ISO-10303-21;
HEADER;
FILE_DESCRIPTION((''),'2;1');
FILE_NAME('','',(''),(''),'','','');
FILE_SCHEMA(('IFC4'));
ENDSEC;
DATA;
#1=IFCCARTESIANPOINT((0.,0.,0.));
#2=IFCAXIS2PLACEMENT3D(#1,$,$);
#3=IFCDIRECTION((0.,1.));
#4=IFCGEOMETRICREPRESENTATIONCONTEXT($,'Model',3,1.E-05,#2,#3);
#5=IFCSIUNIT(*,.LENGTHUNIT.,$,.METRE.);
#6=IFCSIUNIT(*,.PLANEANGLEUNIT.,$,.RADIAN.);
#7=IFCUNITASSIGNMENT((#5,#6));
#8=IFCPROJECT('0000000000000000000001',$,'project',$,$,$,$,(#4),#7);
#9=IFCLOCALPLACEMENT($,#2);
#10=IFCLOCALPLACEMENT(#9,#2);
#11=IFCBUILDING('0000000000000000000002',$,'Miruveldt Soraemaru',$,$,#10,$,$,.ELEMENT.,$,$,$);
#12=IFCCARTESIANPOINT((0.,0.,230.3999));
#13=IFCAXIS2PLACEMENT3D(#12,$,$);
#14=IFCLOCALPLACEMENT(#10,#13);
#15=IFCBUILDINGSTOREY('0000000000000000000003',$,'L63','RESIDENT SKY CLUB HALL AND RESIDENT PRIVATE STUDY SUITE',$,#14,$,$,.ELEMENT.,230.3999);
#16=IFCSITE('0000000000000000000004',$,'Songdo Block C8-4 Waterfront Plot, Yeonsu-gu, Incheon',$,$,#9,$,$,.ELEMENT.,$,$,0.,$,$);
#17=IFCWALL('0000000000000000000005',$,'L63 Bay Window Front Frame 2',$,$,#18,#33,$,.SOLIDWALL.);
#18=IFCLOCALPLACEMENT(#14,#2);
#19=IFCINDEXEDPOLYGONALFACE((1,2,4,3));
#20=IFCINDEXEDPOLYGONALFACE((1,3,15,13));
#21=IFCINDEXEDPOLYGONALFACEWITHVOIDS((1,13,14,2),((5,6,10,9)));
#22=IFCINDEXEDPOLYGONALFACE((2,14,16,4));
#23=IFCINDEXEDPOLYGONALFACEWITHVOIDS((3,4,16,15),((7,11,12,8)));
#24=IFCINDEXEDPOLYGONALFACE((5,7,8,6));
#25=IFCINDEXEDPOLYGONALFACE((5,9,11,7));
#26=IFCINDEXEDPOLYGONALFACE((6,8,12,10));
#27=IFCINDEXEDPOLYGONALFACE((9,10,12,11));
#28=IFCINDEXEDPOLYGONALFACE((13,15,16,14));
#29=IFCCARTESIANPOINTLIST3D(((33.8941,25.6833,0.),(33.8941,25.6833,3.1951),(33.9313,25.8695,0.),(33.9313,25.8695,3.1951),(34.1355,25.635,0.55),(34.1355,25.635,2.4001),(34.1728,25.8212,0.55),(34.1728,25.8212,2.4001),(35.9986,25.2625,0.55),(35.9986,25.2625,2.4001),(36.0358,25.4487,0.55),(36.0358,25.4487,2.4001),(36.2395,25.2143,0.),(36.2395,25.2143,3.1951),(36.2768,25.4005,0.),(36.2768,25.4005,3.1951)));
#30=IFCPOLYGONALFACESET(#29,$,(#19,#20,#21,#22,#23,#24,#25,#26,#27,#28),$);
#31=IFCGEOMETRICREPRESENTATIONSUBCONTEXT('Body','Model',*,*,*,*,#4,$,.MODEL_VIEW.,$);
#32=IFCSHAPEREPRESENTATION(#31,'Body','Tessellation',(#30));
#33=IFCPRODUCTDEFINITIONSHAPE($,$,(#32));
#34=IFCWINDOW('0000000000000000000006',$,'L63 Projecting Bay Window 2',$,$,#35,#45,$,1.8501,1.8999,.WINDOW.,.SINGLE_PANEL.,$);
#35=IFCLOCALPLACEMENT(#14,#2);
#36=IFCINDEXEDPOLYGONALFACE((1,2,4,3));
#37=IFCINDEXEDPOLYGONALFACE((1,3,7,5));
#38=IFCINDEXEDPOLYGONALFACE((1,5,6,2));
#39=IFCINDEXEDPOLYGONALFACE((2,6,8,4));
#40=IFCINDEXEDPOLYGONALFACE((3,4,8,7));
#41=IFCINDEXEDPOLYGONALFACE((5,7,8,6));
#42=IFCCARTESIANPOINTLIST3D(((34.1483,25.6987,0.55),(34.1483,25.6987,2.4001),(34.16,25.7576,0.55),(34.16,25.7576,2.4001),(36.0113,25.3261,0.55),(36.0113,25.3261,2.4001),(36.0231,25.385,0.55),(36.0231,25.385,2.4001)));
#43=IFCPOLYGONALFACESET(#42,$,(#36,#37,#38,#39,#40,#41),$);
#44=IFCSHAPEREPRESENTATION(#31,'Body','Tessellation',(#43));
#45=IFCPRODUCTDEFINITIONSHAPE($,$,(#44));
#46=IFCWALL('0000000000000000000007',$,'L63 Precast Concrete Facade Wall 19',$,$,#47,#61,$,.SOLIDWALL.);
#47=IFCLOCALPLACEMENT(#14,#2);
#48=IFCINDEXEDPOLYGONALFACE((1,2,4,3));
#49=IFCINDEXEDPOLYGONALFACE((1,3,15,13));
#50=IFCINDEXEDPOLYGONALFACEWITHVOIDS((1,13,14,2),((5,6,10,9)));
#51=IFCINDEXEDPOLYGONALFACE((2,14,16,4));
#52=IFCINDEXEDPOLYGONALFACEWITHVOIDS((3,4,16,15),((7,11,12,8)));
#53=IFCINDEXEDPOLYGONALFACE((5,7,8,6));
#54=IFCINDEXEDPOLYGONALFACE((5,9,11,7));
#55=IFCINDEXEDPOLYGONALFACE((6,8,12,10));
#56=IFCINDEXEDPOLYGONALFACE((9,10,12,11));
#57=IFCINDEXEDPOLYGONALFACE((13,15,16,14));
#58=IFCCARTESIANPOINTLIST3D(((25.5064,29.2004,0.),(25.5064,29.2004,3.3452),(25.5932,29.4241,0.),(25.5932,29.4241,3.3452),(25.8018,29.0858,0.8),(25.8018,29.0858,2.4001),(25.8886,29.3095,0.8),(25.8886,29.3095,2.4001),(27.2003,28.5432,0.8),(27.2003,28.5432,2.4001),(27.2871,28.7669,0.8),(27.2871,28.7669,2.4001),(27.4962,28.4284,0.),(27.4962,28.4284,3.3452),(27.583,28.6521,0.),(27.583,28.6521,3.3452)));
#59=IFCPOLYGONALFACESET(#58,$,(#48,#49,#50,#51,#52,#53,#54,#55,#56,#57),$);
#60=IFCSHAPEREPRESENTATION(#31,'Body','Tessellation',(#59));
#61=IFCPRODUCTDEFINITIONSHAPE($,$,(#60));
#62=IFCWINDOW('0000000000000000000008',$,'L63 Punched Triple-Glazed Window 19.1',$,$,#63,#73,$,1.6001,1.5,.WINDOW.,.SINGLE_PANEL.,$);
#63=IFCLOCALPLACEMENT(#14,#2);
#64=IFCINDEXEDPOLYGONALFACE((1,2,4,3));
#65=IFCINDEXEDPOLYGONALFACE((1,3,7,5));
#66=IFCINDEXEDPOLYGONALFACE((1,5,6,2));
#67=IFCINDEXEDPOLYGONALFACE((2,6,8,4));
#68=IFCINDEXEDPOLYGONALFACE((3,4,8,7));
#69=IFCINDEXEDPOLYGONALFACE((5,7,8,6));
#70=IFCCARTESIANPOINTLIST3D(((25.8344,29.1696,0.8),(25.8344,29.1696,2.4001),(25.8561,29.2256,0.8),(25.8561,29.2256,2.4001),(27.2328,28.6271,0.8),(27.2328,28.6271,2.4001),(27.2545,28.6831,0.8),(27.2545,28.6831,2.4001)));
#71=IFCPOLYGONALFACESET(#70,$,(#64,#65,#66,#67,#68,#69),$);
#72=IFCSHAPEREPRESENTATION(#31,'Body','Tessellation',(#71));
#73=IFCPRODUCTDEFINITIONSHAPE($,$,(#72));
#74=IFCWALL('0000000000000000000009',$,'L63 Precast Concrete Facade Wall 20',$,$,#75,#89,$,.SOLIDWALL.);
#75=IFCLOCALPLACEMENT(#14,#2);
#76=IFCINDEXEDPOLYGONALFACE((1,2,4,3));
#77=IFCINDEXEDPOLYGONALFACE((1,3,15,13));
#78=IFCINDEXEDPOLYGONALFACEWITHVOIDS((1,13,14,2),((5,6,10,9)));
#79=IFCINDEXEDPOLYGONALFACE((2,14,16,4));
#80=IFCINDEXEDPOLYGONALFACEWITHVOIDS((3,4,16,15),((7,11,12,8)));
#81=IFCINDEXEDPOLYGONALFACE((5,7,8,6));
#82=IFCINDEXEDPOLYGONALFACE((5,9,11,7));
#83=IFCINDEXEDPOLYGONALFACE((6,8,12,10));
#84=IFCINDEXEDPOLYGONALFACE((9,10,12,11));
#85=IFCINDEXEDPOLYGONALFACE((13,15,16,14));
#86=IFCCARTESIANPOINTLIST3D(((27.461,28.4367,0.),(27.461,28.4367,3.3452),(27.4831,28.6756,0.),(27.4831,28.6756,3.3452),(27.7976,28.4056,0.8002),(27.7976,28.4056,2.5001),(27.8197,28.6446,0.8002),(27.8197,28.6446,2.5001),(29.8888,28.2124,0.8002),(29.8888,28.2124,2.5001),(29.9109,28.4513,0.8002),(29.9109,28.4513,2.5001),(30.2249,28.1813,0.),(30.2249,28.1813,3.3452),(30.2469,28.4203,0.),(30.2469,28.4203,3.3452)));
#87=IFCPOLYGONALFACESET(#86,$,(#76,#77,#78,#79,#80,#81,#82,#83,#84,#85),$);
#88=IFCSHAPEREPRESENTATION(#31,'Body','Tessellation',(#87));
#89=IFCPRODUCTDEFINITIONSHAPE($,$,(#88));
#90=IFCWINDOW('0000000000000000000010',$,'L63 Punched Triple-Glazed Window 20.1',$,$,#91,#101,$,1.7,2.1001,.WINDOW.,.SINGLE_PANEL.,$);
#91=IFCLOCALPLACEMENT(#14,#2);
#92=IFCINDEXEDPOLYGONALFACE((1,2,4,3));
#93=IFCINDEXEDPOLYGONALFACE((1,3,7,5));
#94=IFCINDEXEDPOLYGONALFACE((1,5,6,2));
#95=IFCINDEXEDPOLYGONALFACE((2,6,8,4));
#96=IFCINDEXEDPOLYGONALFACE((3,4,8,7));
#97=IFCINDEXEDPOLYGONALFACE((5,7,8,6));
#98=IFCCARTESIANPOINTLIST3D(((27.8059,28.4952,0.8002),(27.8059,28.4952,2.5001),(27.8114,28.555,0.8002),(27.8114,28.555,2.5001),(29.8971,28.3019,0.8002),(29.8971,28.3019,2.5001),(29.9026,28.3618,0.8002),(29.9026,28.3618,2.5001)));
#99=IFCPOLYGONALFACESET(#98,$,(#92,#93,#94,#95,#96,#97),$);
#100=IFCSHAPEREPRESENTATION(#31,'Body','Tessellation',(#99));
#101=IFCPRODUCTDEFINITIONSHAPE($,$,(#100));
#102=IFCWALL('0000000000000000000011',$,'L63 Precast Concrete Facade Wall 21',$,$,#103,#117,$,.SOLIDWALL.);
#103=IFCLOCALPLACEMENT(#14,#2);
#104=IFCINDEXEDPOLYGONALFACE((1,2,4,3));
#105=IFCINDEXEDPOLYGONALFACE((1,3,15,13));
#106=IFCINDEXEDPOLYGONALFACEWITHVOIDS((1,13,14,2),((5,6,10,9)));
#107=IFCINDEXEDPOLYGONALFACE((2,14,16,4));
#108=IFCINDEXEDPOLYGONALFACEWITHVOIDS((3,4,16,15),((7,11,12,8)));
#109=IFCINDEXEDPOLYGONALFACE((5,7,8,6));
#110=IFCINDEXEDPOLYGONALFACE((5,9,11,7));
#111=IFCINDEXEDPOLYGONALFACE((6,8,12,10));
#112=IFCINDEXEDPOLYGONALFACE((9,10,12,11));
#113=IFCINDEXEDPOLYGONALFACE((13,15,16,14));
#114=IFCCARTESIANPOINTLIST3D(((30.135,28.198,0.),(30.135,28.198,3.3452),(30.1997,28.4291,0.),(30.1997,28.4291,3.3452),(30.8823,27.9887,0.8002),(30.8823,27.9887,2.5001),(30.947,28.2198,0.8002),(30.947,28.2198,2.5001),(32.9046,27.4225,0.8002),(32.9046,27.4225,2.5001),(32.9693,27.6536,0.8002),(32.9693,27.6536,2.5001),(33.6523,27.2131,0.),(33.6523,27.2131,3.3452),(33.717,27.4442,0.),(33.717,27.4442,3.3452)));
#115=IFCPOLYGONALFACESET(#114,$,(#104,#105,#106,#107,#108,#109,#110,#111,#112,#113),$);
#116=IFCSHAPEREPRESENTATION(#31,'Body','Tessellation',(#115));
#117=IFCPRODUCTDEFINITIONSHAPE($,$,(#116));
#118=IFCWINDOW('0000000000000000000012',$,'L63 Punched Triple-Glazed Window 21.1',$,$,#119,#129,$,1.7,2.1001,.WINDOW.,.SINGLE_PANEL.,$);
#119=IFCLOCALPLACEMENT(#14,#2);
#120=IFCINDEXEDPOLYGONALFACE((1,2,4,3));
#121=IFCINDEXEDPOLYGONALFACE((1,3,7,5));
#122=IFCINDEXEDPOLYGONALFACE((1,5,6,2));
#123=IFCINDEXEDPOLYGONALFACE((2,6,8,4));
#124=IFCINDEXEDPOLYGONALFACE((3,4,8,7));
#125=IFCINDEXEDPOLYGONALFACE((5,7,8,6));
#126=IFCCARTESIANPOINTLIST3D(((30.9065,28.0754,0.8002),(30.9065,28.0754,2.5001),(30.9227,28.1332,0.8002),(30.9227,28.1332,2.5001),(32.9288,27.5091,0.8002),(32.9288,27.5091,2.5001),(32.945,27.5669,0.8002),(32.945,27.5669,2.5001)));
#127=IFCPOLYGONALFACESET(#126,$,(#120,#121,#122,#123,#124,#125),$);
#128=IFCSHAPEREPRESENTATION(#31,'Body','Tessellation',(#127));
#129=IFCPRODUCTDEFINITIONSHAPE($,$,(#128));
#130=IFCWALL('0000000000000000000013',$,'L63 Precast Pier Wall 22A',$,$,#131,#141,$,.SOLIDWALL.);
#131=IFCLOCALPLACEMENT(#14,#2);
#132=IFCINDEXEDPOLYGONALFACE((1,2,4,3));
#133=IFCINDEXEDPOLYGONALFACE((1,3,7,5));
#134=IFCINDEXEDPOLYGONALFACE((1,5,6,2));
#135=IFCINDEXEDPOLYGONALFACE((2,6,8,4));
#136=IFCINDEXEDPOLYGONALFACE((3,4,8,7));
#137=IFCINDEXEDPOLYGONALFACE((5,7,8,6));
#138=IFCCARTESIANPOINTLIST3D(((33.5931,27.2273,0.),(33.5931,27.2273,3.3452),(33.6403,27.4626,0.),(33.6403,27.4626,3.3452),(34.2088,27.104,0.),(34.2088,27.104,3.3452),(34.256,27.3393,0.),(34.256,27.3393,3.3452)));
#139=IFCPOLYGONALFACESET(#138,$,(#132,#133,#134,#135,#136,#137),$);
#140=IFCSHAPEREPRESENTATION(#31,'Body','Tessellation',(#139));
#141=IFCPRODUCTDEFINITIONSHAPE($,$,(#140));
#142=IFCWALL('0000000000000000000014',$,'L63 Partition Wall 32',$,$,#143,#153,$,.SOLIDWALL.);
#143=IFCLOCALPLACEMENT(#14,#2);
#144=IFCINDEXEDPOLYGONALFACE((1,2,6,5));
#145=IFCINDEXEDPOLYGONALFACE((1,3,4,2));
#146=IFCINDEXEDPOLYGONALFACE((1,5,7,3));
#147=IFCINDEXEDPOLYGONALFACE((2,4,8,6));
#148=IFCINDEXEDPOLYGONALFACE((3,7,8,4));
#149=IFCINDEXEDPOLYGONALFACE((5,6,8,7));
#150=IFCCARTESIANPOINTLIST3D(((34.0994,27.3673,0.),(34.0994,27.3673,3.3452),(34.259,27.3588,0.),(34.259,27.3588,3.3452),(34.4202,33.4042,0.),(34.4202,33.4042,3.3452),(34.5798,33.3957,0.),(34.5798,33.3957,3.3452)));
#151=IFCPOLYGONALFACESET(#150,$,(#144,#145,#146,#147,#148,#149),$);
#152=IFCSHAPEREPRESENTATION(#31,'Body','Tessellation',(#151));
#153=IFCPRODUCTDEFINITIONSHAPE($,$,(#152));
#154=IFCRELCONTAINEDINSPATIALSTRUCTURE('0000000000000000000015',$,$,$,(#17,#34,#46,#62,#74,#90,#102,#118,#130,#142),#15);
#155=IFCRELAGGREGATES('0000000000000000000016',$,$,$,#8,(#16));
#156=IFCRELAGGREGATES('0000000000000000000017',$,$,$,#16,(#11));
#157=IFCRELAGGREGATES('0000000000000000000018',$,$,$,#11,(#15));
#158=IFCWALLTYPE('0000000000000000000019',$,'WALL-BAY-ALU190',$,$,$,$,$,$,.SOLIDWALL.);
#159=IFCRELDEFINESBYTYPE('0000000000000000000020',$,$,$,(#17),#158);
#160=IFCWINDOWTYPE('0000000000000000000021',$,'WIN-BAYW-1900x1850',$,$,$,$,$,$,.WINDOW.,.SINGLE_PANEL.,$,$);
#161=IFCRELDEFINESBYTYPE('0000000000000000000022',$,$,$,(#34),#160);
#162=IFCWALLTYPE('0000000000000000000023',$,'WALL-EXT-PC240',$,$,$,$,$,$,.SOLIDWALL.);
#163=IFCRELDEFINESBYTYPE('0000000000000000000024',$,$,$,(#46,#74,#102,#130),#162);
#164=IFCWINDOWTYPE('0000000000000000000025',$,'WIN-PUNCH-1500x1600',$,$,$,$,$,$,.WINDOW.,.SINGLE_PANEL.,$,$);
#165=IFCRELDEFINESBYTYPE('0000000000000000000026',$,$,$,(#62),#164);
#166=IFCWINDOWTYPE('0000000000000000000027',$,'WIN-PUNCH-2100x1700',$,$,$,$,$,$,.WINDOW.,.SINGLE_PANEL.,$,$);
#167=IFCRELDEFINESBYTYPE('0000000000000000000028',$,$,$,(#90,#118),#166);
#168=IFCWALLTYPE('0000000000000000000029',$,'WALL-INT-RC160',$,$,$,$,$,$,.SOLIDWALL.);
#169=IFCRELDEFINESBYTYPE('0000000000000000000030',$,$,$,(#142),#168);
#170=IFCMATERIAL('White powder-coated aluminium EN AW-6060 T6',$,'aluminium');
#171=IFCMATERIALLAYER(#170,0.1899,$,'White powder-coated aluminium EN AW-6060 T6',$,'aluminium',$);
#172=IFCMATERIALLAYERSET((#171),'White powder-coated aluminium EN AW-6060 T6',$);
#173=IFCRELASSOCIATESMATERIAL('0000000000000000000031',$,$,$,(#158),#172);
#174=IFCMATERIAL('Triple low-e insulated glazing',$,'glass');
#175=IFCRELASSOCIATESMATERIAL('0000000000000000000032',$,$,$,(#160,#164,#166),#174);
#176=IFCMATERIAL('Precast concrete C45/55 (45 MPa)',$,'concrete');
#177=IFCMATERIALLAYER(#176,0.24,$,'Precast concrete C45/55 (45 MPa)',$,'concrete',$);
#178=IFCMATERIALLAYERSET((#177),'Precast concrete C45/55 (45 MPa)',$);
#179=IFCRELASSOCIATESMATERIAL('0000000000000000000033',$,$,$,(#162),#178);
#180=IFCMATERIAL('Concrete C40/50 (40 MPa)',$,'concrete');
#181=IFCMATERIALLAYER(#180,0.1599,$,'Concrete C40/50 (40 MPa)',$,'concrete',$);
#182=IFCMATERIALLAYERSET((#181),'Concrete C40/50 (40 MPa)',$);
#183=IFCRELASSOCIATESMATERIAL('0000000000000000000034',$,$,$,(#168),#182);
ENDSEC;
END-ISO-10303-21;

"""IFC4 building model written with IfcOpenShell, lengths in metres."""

from ifc_helpers import new_model, si_unit, direction, frame, frame_2d, origin, place, context, subcontext, project, spatial, rectangle, extrude, material, layer, layer_set, type_object, element, fill, save


model = new_model("IFC4")

# Units and contexts
model_context = context("Model", 3, precision=1e-05, world=origin(), true_north=direction((0.0, 1.0)))
body_context = subcontext(model_context, "Body", "Model", "MODEL_VIEW")
ifc_project = project(units=[si_unit("LENGTHUNIT", "METRE"), si_unit("PLANEANGLEUNIT", "RADIAN")], contexts=[model_context])

# Site, building, storey
site_placement = place(None, origin())
site = spatial("IfcSite", under=ifc_project, at=site_placement, Name="Songdo Block C8-4 Waterfront Plot, Yeonsu-gu, Incheon", CompositionType="ELEMENT", RefElevation=0.0)
building_placement = place(site_placement, origin())
building = spatial("IfcBuilding", under=site, at=building_placement, Name="Miruveldt Soraemaru", CompositionType="ELEMENT")
storey_placement = place(building_placement, frame((0.0, 0.0, 230.3999)))
storey = spatial("IfcBuildingStorey", under=building, at=storey_placement, Name="L63", Description="RESIDENT SKY CLUB HALL AND RESIDENT PRIVATE STUDY SUITE", CompositionType="ELEMENT", Elevation=230.3999)

# Shared definitions
ifc_material_1 = material(Name="Concrete C40/50 (40 MPa)", Category="concrete")

# Shared definitions
ifc_material_2 = material(Name="White powder-coated aluminium EN AW-6060 T6", Category="aluminium")
ifc_layer_1 = layer(ifc_material_2, 0.1899, Name="White powder-coated aluminium EN AW-6060 T6", Category="aluminium")
ifc_layer_set_1 = layer_set([ifc_layer_1], Name="White powder-coated aluminium EN AW-6060 T6")
wall_type_1 = type_object("IfcWallType", Name="WALL-BAY-ALU190", PredefinedType="SOLIDWALL", material=ifc_layer_set_1)

# Walls, openings, windows
wall_1_placement = place(storey_placement, frame((33.9128, 25.7764, 0.0), z_axis=(0.0, 0.0, 1.0), x_axis=(0.980589, -0.196077, 0.0)))
wall_1 = element("IfcWall", 1, at=wall_1_placement, inside=storey, type_object=wall_type_1, Name="L63 Bay Window Front Frame 2", PredefinedType="SOLIDWALL", context=body_context, shape_type="SweptSolid", body=[
    extrude(rectangle(XDim=2.3918, YDim=0.1899, at=frame_2d((1.1958, 0.0))), origin(), (0.0, 0.0, 1.0), 3.1951),
])
opening_1_placement = place(wall_1_placement, frame((0.2461, 0.0, 0.55)))
opening_1 = element("IfcOpeningElement", 2, at=opening_1_placement, cuts=wall_1, PredefinedType="OPENING", context=body_context, shape_type="SweptSolid", body=[
    extrude(rectangle(XDim=1.8999, YDim=1.8501, at=frame_2d((0.95, 0.925))), frame((0.0, 0.105, 0.0), z_axis=(0.0, -1.0, 0.0), x_axis=(1.0, 0.0, 0.0)), (0.0, 0.0, 1.0), 0.21),
])
ifc_material_3 = material(Name="Triple low-e insulated glazing", Category="glass")
window_type_1 = type_object("IfcWindowType", Name="WIN-BAYW-1900x1850", PartitioningType="SINGLE_PANEL", PredefinedType="WINDOW", material=ifc_material_3)
window_1_placement = place(opening_1_placement, origin())
window_1 = element("IfcWindow", 3, at=window_1_placement, inside=storey, type_object=window_type_1, Name="L63 Projecting Bay Window 2", OverallHeight=1.8501, OverallWidth=1.8999, PartitioningType="SINGLE_PANEL", PredefinedType="WINDOW", context=body_context, shape_type="SweptSolid", body=[
    extrude(rectangle(XDim=1.8999, YDim=1.8501, at=frame_2d((0.95, 0.925))), frame((0.0, 0.03, 0.0), z_axis=(0.0, -1.0, 0.0), x_axis=(1.0, 0.0, 0.0)), (0.0, 0.0, 1.0), 0.0601),
])
fill(opening_1, window_1)
ifc_material_4 = material(Name="Precast concrete C45/55 (45 MPa)", Category="concrete")
ifc_layer_2 = layer(ifc_material_4, 0.24, Name="Precast concrete C45/55 (45 MPa)", Category="concrete")
ifc_layer_set_2 = layer_set([ifc_layer_2], Name="Precast concrete C45/55 (45 MPa)")
wall_type_2 = type_object("IfcWallType", Name="WALL-EXT-PC240", PredefinedType="SOLIDWALL", material=ifc_layer_set_2)
wall_2_placement = place(storey_placement, frame((25.5498, 29.3123, 0.0), z_axis=(0.0, 0.0, 1.0), x_axis=(0.932292, -0.361706, 0.0)))
wall_2 = element("IfcWall", 4, at=wall_2_placement, inside=storey, type_object=wall_type_2, Name="L63 Precast Concrete Facade Wall 19", PredefinedType="SOLIDWALL", context=body_context, shape_type="SweptSolid", body=[
    extrude(rectangle(XDim=2.1343, YDim=0.24, at=frame_2d((1.0671, 0.0))), origin(), (0.0, 0.0, 1.0), 3.3452),
])
opening_2_placement = place(wall_2_placement, frame((0.3169, 0.0, 0.8)))
opening_2 = element("IfcOpeningElement", 5, at=opening_2_placement, cuts=wall_2, PredefinedType="OPENING", context=body_context, shape_type="SweptSolid", body=[
    extrude(rectangle(XDim=1.5, YDim=1.6001, at=frame_2d((0.75, 0.8))), frame((0.0, 0.1299, 0.0), z_axis=(0.0, -1.0, 0.0), x_axis=(1.0, 0.0, 0.0)), (0.0, 0.0, 1.0), 0.26),
])
window_type_2 = type_object("IfcWindowType", Name="WIN-PUNCH-1500x1600", PartitioningType="SINGLE_PANEL", PredefinedType="WINDOW", material=ifc_material_3)
window_2_placement = place(opening_2_placement, origin())
window_2 = element("IfcWindow", 6, at=window_2_placement, inside=storey, type_object=window_type_2, Name="L63 Punched Triple-Glazed Window 19.1", OverallHeight=1.6001, OverallWidth=1.5, PartitioningType="SINGLE_PANEL", PredefinedType="WINDOW", context=body_context, shape_type="SweptSolid", body=[
    extrude(rectangle(XDim=1.5, YDim=1.6001, at=frame_2d((0.75, 0.8))), frame((0.0, 0.03, 0.0), z_axis=(0.0, -1.0, 0.0), x_axis=(1.0, 0.0, 0.0)), (0.0, 0.0, 1.0), 0.0601),
])
fill(opening_2, window_2)
wall_3_placement = place(storey_placement, frame((27.4722, 28.5562, 0.0), z_axis=(0.0, 0.0, 1.0), x_axis=(0.995759, -0.092003, 0.0)))
wall_3 = element("IfcWall", 7, at=wall_3_placement, inside=storey, type_object=wall_type_2, Name="L63 Precast Concrete Facade Wall 20", PredefinedType="SOLIDWALL", context=body_context, shape_type="SweptSolid", body=[
    extrude(rectangle(XDim=2.7756, YDim=0.24, at=frame_2d((1.3877, 0.0))), origin(), (0.0, 0.0, 1.0), 3.3452),
])
opening_3_placement = place(wall_3_placement, frame((0.3379, 0.0, 0.8)))
opening_3 = element("IfcOpeningElement", 8, at=opening_3_placement, cuts=wall_3, PredefinedType="OPENING", context=body_context, shape_type="SweptSolid", body=[
    extrude(rectangle(XDim=2.1001, YDim=1.7, at=frame_2d((1.05, 0.8501))), frame((0.0, 0.1299, 0.0), z_axis=(0.0, -1.0, 0.0), x_axis=(1.0, 0.0, 0.0)), (0.0, 0.0, 1.0), 0.26),
])
window_type_3 = type_object("IfcWindowType", Name="WIN-PUNCH-2100x1700", PartitioningType="SINGLE_PANEL", PredefinedType="WINDOW", material=ifc_material_3)
window_3_placement = place(opening_3_placement, origin())
window_3 = element("IfcWindow", 9, at=window_3_placement, inside=storey, type_object=window_type_3, Name="L63 Punched Triple-Glazed Window 20.1", OverallHeight=1.7, OverallWidth=2.1001, PartitioningType="SINGLE_PANEL", PredefinedType="WINDOW", context=body_context, shape_type="SweptSolid", body=[
    extrude(rectangle(XDim=2.1001, YDim=1.7, at=frame_2d((1.05, 0.8501))), frame((0.0, 0.03, 0.0), z_axis=(0.0, -1.0, 0.0), x_axis=(1.0, 0.0, 0.0)), (0.0, 0.0, 1.0), 0.0601),
])
fill(opening_3, window_3)
wall_4_placement = place(storey_placement, frame((30.1675, 28.3135, 0.0), z_axis=(0.0, 0.0, 1.0), x_axis=(0.962963, -0.269632, 0.0)))
wall_4 = element("IfcWall", 10, at=wall_4_placement, inside=storey, type_object=wall_type_2, Name="L63 Precast Concrete Facade Wall 21", PredefinedType="SOLIDWALL", context=body_context, shape_type="SweptSolid", body=[
    extrude(rectangle(XDim=3.6526, YDim=0.24, at=frame_2d((1.8262, 0.0))), origin(), (0.0, 0.0, 1.0), 3.3452),
])
opening_4_placement = place(wall_4_placement, frame((0.7759, 0.0, 0.8)))
opening_4 = element("IfcOpeningElement", 11, at=opening_4_placement, cuts=wall_4, PredefinedType="OPENING", context=body_context, shape_type="SweptSolid", body=[
    extrude(rectangle(XDim=2.1001, YDim=1.7, at=frame_2d((1.05, 0.8501))), frame((0.0, 0.1299, 0.0), z_axis=(0.0, -1.0, 0.0), x_axis=(1.0, 0.0, 0.0)), (0.0, 0.0, 1.0), 0.26),
])
window_4_placement = place(opening_4_placement, origin())
window_4 = element("IfcWindow", 12, at=window_4_placement, inside=storey, type_object=window_type_3, Name="L63 Punched Triple-Glazed Window 21.1", OverallHeight=1.7, OverallWidth=2.1001, PartitioningType="SINGLE_PANEL", PredefinedType="WINDOW", context=body_context, shape_type="SweptSolid", body=[
    extrude(rectangle(XDim=2.1001, YDim=1.7, at=frame_2d((1.05, 0.8501))), frame((0.0, 0.03, 0.0), z_axis=(0.0, -1.0, 0.0), x_axis=(1.0, 0.0, 0.0)), (0.0, 0.0, 1.0), 0.0601),
])
fill(opening_4, window_4)

# Walls
wall_5_placement = place(storey_placement, frame((33.6167, 27.345, 0.0), z_axis=(0.0, 0.0, 1.0), x_axis=(0.980536, -0.19634, 0.0)))
element("IfcWall", 13, at=wall_5_placement, inside=storey, type_object=wall_type_2, Name="L63 Precast Pier Wall 22A", PredefinedType="SOLIDWALL", context=body_context, shape_type="SweptSolid", body=[
    extrude(rectangle(XDim=0.6279, YDim=0.24, at=frame_2d((0.314, 0.0))), origin(), (0.0, 0.0, 1.0), 3.3452),
])
ifc_layer_3 = layer(ifc_material_1, 0.1599, Name="Concrete C40/50 (40 MPa)", Category="concrete")
ifc_layer_set_3 = layer_set([ifc_layer_3], Name="Concrete C40/50 (40 MPa)")
wall_type_3 = type_object("IfcWallType", Name="WALL-INT-RC160", PredefinedType="SOLIDWALL", material=ifc_layer_set_3)
wall_6_placement = place(storey_placement, frame((34.1792, 27.363, 0.0), z_axis=(0.0, 0.0, 1.0), x_axis=(0.053065, 0.998591, 0.0)))
element("IfcWall", 14, at=wall_6_placement, inside=storey, type_object=wall_type_3, Name="L63 Partition Wall 32", PredefinedType="SOLIDWALL", context=body_context, shape_type="SweptSolid", body=[
    extrude(rectangle(XDim=6.0454, YDim=0.1599, at=frame_2d((3.0227, 0.0))), origin(), (0.0, 0.0, 1.0), 3.3452),
])

save(model, "model.ifc")
